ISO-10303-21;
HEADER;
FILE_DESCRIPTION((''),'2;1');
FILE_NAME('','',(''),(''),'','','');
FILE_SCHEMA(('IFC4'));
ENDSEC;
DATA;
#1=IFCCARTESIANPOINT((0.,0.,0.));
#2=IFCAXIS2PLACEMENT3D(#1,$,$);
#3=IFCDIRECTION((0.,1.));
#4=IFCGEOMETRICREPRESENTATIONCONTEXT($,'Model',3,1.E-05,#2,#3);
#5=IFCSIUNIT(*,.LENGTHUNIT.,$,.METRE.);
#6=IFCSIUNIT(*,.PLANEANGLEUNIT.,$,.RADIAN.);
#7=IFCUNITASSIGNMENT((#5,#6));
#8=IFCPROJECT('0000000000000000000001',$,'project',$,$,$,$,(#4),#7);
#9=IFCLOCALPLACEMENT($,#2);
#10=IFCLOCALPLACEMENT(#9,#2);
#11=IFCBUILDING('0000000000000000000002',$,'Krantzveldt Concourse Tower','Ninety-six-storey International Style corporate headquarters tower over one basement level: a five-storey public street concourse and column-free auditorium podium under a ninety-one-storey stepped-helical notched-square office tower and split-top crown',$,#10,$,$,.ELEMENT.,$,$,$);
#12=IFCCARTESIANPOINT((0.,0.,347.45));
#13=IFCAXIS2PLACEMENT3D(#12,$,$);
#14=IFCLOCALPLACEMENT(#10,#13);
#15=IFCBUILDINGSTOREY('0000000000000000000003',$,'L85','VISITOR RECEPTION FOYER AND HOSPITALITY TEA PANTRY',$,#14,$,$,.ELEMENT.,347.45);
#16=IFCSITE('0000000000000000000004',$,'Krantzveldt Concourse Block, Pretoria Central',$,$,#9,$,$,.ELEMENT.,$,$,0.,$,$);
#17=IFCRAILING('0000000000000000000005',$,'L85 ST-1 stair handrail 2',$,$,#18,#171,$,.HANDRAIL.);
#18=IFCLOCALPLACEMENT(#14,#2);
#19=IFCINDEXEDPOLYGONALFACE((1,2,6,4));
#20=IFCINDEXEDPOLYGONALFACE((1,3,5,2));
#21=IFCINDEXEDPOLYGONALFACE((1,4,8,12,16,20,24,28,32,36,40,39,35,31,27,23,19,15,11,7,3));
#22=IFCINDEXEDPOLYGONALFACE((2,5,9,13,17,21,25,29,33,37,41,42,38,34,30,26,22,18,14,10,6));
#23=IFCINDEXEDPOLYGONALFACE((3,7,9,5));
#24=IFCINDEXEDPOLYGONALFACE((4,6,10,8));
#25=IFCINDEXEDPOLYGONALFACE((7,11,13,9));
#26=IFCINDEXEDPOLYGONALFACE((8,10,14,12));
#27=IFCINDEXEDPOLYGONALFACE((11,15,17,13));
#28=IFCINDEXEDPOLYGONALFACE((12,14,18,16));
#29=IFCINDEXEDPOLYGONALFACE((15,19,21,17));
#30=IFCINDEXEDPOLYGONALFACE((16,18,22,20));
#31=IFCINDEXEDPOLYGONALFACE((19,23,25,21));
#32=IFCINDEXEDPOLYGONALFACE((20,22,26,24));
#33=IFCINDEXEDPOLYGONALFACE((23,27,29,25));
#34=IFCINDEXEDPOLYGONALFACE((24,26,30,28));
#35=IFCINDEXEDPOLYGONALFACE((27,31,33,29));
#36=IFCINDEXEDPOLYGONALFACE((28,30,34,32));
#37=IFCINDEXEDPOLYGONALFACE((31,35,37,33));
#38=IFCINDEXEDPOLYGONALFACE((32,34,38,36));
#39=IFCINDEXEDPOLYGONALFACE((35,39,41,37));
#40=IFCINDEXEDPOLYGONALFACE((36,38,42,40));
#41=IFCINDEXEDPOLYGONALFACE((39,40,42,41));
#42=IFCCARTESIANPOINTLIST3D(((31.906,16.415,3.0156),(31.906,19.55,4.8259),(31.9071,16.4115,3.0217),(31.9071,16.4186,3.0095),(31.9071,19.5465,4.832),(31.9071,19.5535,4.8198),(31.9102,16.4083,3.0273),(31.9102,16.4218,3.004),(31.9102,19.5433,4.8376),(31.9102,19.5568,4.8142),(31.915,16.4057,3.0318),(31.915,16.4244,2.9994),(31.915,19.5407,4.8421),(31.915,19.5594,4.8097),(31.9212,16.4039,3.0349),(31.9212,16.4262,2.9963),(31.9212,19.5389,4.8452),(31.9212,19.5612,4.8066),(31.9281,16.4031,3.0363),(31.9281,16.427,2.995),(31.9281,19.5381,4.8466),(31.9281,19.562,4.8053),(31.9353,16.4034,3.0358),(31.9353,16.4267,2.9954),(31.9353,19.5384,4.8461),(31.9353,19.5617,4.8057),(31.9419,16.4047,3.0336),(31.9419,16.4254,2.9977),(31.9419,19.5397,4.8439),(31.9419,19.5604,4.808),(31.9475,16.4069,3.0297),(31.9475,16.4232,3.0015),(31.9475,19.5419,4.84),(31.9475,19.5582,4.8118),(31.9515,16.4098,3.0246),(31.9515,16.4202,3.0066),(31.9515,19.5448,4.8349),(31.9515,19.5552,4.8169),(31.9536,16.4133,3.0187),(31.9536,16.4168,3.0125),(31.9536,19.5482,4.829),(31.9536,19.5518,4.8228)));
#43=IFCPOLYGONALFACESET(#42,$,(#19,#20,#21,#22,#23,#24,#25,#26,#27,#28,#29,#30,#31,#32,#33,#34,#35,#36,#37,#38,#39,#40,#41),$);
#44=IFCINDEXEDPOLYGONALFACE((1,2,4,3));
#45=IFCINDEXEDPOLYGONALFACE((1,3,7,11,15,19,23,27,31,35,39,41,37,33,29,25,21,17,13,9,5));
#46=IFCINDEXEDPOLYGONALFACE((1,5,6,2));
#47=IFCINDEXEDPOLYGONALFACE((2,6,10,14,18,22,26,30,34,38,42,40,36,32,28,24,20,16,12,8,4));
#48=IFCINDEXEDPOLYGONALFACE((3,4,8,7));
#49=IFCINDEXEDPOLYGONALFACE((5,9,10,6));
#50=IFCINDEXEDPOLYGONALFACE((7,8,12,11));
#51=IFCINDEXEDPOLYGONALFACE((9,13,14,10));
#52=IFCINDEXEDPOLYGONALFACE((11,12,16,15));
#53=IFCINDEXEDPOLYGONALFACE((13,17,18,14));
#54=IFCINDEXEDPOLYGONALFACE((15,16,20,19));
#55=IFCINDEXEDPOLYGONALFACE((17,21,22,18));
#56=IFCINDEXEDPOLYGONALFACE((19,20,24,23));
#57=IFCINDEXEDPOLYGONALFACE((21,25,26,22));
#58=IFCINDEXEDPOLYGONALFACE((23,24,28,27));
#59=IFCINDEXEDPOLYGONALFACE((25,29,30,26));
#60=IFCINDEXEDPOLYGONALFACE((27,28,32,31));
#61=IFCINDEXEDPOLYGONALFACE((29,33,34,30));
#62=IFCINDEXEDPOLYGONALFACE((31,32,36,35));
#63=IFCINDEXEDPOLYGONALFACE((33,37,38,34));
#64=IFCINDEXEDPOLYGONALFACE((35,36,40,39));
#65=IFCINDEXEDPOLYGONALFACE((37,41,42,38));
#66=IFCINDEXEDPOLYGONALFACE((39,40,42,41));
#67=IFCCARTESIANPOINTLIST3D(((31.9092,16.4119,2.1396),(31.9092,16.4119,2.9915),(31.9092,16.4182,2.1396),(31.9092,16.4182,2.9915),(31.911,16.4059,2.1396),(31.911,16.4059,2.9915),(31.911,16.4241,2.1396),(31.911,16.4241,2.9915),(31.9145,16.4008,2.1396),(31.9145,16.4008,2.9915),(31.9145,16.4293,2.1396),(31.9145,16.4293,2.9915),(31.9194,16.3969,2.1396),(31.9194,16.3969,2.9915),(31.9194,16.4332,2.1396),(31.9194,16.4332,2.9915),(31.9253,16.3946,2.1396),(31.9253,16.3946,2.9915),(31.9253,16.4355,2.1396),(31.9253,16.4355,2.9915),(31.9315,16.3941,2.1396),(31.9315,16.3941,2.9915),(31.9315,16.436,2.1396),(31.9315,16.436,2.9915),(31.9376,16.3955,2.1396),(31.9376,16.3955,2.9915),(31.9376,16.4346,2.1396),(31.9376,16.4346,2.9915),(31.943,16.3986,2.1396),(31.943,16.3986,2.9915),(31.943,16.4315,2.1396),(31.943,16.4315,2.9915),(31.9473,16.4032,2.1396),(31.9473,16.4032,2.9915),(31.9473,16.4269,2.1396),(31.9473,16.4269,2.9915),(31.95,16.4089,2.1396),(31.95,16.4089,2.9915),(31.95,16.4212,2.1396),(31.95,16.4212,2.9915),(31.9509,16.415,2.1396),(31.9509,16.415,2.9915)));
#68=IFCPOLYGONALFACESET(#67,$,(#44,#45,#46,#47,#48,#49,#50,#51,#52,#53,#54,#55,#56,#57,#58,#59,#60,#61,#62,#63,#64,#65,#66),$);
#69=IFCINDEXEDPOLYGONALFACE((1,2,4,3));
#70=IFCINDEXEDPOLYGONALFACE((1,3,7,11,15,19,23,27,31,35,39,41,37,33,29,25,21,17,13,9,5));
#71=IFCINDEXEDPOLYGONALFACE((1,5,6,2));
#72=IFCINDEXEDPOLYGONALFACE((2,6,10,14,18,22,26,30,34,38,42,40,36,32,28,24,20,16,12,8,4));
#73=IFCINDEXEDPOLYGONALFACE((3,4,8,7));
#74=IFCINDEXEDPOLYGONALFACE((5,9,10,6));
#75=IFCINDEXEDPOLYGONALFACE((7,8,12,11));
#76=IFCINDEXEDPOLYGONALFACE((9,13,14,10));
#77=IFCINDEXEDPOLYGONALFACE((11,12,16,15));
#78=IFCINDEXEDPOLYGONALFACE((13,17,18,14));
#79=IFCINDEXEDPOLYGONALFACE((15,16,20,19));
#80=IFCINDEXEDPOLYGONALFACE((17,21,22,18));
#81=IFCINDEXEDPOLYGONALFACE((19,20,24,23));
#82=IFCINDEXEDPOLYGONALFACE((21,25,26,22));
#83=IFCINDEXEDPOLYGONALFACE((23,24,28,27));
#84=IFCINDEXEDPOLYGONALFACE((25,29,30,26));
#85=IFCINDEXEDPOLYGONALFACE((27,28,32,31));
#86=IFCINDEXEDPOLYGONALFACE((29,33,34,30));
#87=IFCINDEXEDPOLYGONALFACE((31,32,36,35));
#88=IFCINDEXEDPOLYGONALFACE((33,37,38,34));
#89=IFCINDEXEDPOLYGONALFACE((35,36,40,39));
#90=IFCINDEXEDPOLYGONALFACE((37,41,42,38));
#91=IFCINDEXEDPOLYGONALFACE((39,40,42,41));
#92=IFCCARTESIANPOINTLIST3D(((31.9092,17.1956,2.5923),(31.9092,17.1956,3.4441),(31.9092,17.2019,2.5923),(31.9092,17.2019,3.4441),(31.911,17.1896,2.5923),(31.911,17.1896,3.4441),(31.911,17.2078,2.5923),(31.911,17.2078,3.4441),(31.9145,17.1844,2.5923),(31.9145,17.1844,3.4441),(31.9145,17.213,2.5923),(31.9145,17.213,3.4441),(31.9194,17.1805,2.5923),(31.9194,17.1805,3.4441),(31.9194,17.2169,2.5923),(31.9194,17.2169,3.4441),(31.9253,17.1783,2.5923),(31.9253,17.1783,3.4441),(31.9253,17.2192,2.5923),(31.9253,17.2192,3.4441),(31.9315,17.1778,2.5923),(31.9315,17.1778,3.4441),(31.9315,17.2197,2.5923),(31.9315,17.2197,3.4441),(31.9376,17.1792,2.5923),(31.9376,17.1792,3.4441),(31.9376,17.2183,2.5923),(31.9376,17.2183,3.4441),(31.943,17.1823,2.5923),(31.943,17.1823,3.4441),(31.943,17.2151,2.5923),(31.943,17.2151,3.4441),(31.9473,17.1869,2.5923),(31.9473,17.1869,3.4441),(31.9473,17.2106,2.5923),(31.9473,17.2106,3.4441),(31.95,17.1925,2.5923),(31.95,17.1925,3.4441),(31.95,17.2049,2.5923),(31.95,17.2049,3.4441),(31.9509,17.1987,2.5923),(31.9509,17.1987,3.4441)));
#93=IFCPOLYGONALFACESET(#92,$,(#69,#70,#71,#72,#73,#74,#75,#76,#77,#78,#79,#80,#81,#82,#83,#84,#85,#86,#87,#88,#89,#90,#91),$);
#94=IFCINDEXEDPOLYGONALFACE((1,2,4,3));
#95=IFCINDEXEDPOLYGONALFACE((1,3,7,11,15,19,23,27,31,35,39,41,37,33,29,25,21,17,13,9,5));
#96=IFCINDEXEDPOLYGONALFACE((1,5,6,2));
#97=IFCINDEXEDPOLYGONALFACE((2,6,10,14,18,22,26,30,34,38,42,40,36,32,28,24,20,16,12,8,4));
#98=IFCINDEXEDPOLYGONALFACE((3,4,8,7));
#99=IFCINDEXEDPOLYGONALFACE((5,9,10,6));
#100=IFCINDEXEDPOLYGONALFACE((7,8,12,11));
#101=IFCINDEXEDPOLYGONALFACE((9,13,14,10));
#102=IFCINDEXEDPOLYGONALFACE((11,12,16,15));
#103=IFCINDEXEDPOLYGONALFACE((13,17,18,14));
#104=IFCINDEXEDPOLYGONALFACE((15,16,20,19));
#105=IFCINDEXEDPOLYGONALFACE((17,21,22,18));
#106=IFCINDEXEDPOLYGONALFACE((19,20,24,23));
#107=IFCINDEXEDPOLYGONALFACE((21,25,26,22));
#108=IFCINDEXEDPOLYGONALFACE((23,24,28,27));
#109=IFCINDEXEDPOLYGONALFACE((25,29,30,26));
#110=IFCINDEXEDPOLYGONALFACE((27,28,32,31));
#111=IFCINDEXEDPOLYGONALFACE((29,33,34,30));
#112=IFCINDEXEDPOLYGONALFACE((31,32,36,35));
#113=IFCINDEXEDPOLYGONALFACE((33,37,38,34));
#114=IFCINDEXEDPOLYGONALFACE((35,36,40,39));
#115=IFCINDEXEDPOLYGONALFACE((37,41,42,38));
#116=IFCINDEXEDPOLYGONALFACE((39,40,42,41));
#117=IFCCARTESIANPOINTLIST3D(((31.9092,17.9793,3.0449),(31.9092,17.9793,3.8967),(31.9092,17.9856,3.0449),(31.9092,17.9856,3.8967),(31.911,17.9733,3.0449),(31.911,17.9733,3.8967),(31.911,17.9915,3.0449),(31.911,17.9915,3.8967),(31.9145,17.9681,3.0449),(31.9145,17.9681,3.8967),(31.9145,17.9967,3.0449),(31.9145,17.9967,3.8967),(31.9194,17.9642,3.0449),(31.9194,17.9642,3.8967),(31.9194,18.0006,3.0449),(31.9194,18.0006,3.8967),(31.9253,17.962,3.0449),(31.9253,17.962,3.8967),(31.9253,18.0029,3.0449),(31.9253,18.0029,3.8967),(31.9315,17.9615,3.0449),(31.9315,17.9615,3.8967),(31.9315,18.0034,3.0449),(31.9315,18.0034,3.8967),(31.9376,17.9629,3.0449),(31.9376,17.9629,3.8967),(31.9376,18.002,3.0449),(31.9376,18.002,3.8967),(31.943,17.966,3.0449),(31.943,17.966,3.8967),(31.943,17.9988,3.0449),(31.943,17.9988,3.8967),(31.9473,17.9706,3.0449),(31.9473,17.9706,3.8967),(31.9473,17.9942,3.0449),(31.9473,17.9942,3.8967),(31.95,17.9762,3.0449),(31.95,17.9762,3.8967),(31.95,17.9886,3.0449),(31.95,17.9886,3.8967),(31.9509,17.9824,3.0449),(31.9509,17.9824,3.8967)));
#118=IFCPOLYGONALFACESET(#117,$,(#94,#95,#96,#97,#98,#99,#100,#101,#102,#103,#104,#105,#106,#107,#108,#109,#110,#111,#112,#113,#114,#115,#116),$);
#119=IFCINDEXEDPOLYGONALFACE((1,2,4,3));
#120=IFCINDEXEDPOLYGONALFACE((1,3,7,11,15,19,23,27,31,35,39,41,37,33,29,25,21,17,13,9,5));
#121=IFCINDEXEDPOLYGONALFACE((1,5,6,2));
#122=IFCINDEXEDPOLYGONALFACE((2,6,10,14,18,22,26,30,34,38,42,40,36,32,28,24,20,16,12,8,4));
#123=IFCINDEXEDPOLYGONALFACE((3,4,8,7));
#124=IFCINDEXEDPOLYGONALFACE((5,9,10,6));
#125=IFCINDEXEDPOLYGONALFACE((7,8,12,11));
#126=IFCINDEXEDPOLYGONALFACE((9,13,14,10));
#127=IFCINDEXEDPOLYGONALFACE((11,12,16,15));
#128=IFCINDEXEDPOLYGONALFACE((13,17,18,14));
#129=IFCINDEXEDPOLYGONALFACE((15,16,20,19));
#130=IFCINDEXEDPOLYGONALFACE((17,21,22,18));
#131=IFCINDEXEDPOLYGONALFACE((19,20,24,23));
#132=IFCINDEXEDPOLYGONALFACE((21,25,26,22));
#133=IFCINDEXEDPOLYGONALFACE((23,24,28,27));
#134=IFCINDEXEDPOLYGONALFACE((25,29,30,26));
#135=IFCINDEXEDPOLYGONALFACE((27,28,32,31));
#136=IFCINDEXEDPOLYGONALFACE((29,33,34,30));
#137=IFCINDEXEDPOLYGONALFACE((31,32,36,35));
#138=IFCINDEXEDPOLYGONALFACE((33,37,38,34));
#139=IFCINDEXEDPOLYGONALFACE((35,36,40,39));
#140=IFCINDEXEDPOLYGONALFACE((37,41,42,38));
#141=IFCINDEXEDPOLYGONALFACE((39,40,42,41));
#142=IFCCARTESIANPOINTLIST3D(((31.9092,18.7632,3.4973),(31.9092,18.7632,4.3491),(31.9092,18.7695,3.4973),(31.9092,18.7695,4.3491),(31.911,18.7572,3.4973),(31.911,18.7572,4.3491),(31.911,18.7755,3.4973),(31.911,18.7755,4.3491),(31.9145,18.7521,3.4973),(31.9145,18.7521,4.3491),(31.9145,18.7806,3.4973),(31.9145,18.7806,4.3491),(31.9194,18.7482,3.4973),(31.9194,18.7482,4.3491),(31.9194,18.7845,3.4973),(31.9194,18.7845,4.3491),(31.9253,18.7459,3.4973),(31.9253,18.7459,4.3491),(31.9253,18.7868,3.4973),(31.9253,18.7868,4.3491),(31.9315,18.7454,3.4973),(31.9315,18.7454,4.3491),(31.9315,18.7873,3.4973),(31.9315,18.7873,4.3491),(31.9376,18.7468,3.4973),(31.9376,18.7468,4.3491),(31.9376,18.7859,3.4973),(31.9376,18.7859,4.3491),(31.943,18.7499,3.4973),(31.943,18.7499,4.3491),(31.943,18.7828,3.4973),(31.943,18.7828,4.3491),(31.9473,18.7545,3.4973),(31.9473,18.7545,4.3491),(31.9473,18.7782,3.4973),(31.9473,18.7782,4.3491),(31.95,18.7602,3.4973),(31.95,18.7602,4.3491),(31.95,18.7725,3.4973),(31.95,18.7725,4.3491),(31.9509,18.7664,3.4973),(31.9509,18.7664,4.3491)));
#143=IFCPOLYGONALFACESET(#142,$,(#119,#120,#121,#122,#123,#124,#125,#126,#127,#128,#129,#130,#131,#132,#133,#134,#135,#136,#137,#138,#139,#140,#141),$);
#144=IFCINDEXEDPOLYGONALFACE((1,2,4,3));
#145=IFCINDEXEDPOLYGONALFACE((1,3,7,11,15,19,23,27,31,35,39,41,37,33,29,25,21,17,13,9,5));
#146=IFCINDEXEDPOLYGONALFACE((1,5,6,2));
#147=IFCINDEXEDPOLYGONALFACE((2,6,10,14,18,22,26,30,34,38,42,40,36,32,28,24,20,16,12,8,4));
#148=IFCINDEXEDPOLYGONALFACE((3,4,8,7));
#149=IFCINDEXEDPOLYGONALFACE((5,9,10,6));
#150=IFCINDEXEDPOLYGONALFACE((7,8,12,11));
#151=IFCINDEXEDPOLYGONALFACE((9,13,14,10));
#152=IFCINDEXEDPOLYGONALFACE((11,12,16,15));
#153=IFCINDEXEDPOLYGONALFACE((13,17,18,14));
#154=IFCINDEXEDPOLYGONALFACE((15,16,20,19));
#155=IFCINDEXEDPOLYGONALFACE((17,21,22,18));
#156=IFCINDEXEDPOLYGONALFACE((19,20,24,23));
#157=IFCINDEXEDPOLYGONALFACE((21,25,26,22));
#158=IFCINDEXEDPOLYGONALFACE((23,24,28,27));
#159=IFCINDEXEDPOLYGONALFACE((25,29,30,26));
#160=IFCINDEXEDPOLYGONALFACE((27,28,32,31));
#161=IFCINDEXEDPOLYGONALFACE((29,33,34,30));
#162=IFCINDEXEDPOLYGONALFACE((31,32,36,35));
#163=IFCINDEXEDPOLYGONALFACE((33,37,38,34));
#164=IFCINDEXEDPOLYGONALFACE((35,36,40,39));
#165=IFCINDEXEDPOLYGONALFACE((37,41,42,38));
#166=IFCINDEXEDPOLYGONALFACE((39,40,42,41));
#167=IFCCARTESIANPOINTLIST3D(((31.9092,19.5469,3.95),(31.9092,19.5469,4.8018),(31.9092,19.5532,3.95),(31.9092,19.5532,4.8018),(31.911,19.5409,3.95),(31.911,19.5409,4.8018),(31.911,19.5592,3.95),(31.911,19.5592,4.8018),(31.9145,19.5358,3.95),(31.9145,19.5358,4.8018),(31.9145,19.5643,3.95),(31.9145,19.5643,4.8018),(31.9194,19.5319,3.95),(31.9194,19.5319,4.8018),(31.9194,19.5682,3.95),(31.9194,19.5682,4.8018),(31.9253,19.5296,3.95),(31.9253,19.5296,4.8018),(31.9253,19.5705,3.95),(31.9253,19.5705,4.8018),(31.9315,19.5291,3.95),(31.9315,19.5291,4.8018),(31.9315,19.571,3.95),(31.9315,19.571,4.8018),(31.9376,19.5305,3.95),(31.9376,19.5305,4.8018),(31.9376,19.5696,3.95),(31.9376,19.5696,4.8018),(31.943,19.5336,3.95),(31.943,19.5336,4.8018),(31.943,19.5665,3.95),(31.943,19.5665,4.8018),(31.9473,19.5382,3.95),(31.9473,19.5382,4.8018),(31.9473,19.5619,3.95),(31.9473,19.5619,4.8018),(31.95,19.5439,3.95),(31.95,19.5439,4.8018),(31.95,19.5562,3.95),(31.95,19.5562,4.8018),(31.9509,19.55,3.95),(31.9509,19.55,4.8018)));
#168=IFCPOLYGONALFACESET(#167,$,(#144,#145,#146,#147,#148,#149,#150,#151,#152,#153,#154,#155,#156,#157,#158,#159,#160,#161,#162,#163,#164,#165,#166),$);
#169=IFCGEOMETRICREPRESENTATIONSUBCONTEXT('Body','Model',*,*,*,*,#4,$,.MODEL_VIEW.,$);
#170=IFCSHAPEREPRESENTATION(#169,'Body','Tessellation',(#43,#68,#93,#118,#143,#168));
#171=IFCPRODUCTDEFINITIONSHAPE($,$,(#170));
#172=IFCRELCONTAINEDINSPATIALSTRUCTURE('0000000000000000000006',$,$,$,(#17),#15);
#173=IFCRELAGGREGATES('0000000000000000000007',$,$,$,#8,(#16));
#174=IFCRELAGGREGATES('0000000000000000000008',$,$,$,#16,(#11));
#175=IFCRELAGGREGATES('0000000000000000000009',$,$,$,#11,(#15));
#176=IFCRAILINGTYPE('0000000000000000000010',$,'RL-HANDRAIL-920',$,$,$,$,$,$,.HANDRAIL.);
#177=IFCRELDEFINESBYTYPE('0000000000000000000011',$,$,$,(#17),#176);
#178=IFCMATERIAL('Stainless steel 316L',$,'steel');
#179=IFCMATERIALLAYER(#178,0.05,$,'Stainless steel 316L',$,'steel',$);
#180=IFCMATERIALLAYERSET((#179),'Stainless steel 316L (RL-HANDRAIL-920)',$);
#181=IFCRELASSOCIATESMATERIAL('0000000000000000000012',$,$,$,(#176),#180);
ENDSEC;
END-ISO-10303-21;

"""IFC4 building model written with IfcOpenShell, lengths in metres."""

from ifc_helpers import new_model, si_unit, direction, frame, origin, origin_2d, place, context, subcontext, project, spatial, circle, extrude, material, layer, layer_set, type_object, element, save


model = new_model("IFC4")

# Units and contexts
model_context = context("Model", 3, precision=1e-05, world=origin(), true_north=direction((0.0, 1.0)))
body_context = subcontext(model_context, "Body", "Model", "MODEL_VIEW")
ifc_project = project(units=[si_unit("LENGTHUNIT", "METRE"), si_unit("PLANEANGLEUNIT", "RADIAN")], contexts=[model_context])

# Site, building, storey
site_placement = place(None, origin())
site = spatial("IfcSite", under=ifc_project, at=site_placement, Name="Krantzveldt Concourse Block, Pretoria Central", CompositionType="ELEMENT", RefElevation=0.0)
building_placement = place(site_placement, origin())
building = spatial("IfcBuilding", under=site, at=building_placement, Name="Krantzveldt Concourse Tower", Description="Ninety-six-storey International Style corporate headquarters tower over one basement level: a five-storey public street concourse and column-free auditorium podium under a ninety-one-storey stepped-helical notched-square office tower and split-top crown", CompositionType="ELEMENT")
storey_placement = place(building_placement, frame((0.0, 0.0, 347.45)))
storey = spatial("IfcBuildingStorey", under=building, at=storey_placement, Name="L85", Description="VISITOR RECEPTION FOYER AND HOSPITALITY TEA PANTRY", CompositionType="ELEMENT", Elevation=347.45)

# Shared definitions
ifc_material_1 = material(Name="Stainless steel 316L", Category="steel")

# Railing
ifc_layer_1 = layer(ifc_material_1, 0.05, Name="Stainless steel 316L", Category="steel")
ifc_layer_set_1 = layer_set([ifc_layer_1], Name="Stainless steel 316L (RL-HANDRAIL-920)")
railing_type_1 = type_object("IfcRailingType", Name="RL-HANDRAIL-920", PredefinedType="HANDRAIL", material=ifc_layer_set_1)
railing_1_placement = place(storey_placement, frame((31.9299, 16.415, 2.1396)))
element("IfcRailing", 1, at=railing_1_placement, inside=storey, type_object=railing_type_1, Name="L85 ST-1 stair handrail 2", PredefinedType="HANDRAIL", context=body_context, shape_type="SweptSolid", body=[
    extrude(circle(Radius=0.0239, at=origin_2d()), frame((0.0, 0.0, 0.876), z_axis=(0.0, 0.865989, 0.500063), x_axis=(-1.0, 0.0, 0.0)), (0.0, 0.0, 1.0), 3.6201),
    extrude(circle(Radius=0.021, at=origin_2d()), origin(), (0.0, 0.0, 1.0), 0.8518),
    extrude(circle(Radius=0.021, at=origin_2d()), frame((0.0, 0.7837, 0.4526)), (0.0, 0.0, 1.0), 0.8518),
    extrude(circle(Radius=0.021, at=origin_2d()), frame((0.0, 1.5674, 0.9053)), (0.0, 0.0, 1.0), 0.8518),
    extrude(circle(Radius=0.021, at=origin_2d()), frame((0.0, 2.3513, 1.3577)), (0.0, 0.0, 1.0), 0.8518),
    extrude(circle(Radius=0.021, at=origin_2d()), frame((0.0, 3.135, 1.8103)), (0.0, 0.0, 1.0), 0.8518),
])

save(model, "model.ifc")
